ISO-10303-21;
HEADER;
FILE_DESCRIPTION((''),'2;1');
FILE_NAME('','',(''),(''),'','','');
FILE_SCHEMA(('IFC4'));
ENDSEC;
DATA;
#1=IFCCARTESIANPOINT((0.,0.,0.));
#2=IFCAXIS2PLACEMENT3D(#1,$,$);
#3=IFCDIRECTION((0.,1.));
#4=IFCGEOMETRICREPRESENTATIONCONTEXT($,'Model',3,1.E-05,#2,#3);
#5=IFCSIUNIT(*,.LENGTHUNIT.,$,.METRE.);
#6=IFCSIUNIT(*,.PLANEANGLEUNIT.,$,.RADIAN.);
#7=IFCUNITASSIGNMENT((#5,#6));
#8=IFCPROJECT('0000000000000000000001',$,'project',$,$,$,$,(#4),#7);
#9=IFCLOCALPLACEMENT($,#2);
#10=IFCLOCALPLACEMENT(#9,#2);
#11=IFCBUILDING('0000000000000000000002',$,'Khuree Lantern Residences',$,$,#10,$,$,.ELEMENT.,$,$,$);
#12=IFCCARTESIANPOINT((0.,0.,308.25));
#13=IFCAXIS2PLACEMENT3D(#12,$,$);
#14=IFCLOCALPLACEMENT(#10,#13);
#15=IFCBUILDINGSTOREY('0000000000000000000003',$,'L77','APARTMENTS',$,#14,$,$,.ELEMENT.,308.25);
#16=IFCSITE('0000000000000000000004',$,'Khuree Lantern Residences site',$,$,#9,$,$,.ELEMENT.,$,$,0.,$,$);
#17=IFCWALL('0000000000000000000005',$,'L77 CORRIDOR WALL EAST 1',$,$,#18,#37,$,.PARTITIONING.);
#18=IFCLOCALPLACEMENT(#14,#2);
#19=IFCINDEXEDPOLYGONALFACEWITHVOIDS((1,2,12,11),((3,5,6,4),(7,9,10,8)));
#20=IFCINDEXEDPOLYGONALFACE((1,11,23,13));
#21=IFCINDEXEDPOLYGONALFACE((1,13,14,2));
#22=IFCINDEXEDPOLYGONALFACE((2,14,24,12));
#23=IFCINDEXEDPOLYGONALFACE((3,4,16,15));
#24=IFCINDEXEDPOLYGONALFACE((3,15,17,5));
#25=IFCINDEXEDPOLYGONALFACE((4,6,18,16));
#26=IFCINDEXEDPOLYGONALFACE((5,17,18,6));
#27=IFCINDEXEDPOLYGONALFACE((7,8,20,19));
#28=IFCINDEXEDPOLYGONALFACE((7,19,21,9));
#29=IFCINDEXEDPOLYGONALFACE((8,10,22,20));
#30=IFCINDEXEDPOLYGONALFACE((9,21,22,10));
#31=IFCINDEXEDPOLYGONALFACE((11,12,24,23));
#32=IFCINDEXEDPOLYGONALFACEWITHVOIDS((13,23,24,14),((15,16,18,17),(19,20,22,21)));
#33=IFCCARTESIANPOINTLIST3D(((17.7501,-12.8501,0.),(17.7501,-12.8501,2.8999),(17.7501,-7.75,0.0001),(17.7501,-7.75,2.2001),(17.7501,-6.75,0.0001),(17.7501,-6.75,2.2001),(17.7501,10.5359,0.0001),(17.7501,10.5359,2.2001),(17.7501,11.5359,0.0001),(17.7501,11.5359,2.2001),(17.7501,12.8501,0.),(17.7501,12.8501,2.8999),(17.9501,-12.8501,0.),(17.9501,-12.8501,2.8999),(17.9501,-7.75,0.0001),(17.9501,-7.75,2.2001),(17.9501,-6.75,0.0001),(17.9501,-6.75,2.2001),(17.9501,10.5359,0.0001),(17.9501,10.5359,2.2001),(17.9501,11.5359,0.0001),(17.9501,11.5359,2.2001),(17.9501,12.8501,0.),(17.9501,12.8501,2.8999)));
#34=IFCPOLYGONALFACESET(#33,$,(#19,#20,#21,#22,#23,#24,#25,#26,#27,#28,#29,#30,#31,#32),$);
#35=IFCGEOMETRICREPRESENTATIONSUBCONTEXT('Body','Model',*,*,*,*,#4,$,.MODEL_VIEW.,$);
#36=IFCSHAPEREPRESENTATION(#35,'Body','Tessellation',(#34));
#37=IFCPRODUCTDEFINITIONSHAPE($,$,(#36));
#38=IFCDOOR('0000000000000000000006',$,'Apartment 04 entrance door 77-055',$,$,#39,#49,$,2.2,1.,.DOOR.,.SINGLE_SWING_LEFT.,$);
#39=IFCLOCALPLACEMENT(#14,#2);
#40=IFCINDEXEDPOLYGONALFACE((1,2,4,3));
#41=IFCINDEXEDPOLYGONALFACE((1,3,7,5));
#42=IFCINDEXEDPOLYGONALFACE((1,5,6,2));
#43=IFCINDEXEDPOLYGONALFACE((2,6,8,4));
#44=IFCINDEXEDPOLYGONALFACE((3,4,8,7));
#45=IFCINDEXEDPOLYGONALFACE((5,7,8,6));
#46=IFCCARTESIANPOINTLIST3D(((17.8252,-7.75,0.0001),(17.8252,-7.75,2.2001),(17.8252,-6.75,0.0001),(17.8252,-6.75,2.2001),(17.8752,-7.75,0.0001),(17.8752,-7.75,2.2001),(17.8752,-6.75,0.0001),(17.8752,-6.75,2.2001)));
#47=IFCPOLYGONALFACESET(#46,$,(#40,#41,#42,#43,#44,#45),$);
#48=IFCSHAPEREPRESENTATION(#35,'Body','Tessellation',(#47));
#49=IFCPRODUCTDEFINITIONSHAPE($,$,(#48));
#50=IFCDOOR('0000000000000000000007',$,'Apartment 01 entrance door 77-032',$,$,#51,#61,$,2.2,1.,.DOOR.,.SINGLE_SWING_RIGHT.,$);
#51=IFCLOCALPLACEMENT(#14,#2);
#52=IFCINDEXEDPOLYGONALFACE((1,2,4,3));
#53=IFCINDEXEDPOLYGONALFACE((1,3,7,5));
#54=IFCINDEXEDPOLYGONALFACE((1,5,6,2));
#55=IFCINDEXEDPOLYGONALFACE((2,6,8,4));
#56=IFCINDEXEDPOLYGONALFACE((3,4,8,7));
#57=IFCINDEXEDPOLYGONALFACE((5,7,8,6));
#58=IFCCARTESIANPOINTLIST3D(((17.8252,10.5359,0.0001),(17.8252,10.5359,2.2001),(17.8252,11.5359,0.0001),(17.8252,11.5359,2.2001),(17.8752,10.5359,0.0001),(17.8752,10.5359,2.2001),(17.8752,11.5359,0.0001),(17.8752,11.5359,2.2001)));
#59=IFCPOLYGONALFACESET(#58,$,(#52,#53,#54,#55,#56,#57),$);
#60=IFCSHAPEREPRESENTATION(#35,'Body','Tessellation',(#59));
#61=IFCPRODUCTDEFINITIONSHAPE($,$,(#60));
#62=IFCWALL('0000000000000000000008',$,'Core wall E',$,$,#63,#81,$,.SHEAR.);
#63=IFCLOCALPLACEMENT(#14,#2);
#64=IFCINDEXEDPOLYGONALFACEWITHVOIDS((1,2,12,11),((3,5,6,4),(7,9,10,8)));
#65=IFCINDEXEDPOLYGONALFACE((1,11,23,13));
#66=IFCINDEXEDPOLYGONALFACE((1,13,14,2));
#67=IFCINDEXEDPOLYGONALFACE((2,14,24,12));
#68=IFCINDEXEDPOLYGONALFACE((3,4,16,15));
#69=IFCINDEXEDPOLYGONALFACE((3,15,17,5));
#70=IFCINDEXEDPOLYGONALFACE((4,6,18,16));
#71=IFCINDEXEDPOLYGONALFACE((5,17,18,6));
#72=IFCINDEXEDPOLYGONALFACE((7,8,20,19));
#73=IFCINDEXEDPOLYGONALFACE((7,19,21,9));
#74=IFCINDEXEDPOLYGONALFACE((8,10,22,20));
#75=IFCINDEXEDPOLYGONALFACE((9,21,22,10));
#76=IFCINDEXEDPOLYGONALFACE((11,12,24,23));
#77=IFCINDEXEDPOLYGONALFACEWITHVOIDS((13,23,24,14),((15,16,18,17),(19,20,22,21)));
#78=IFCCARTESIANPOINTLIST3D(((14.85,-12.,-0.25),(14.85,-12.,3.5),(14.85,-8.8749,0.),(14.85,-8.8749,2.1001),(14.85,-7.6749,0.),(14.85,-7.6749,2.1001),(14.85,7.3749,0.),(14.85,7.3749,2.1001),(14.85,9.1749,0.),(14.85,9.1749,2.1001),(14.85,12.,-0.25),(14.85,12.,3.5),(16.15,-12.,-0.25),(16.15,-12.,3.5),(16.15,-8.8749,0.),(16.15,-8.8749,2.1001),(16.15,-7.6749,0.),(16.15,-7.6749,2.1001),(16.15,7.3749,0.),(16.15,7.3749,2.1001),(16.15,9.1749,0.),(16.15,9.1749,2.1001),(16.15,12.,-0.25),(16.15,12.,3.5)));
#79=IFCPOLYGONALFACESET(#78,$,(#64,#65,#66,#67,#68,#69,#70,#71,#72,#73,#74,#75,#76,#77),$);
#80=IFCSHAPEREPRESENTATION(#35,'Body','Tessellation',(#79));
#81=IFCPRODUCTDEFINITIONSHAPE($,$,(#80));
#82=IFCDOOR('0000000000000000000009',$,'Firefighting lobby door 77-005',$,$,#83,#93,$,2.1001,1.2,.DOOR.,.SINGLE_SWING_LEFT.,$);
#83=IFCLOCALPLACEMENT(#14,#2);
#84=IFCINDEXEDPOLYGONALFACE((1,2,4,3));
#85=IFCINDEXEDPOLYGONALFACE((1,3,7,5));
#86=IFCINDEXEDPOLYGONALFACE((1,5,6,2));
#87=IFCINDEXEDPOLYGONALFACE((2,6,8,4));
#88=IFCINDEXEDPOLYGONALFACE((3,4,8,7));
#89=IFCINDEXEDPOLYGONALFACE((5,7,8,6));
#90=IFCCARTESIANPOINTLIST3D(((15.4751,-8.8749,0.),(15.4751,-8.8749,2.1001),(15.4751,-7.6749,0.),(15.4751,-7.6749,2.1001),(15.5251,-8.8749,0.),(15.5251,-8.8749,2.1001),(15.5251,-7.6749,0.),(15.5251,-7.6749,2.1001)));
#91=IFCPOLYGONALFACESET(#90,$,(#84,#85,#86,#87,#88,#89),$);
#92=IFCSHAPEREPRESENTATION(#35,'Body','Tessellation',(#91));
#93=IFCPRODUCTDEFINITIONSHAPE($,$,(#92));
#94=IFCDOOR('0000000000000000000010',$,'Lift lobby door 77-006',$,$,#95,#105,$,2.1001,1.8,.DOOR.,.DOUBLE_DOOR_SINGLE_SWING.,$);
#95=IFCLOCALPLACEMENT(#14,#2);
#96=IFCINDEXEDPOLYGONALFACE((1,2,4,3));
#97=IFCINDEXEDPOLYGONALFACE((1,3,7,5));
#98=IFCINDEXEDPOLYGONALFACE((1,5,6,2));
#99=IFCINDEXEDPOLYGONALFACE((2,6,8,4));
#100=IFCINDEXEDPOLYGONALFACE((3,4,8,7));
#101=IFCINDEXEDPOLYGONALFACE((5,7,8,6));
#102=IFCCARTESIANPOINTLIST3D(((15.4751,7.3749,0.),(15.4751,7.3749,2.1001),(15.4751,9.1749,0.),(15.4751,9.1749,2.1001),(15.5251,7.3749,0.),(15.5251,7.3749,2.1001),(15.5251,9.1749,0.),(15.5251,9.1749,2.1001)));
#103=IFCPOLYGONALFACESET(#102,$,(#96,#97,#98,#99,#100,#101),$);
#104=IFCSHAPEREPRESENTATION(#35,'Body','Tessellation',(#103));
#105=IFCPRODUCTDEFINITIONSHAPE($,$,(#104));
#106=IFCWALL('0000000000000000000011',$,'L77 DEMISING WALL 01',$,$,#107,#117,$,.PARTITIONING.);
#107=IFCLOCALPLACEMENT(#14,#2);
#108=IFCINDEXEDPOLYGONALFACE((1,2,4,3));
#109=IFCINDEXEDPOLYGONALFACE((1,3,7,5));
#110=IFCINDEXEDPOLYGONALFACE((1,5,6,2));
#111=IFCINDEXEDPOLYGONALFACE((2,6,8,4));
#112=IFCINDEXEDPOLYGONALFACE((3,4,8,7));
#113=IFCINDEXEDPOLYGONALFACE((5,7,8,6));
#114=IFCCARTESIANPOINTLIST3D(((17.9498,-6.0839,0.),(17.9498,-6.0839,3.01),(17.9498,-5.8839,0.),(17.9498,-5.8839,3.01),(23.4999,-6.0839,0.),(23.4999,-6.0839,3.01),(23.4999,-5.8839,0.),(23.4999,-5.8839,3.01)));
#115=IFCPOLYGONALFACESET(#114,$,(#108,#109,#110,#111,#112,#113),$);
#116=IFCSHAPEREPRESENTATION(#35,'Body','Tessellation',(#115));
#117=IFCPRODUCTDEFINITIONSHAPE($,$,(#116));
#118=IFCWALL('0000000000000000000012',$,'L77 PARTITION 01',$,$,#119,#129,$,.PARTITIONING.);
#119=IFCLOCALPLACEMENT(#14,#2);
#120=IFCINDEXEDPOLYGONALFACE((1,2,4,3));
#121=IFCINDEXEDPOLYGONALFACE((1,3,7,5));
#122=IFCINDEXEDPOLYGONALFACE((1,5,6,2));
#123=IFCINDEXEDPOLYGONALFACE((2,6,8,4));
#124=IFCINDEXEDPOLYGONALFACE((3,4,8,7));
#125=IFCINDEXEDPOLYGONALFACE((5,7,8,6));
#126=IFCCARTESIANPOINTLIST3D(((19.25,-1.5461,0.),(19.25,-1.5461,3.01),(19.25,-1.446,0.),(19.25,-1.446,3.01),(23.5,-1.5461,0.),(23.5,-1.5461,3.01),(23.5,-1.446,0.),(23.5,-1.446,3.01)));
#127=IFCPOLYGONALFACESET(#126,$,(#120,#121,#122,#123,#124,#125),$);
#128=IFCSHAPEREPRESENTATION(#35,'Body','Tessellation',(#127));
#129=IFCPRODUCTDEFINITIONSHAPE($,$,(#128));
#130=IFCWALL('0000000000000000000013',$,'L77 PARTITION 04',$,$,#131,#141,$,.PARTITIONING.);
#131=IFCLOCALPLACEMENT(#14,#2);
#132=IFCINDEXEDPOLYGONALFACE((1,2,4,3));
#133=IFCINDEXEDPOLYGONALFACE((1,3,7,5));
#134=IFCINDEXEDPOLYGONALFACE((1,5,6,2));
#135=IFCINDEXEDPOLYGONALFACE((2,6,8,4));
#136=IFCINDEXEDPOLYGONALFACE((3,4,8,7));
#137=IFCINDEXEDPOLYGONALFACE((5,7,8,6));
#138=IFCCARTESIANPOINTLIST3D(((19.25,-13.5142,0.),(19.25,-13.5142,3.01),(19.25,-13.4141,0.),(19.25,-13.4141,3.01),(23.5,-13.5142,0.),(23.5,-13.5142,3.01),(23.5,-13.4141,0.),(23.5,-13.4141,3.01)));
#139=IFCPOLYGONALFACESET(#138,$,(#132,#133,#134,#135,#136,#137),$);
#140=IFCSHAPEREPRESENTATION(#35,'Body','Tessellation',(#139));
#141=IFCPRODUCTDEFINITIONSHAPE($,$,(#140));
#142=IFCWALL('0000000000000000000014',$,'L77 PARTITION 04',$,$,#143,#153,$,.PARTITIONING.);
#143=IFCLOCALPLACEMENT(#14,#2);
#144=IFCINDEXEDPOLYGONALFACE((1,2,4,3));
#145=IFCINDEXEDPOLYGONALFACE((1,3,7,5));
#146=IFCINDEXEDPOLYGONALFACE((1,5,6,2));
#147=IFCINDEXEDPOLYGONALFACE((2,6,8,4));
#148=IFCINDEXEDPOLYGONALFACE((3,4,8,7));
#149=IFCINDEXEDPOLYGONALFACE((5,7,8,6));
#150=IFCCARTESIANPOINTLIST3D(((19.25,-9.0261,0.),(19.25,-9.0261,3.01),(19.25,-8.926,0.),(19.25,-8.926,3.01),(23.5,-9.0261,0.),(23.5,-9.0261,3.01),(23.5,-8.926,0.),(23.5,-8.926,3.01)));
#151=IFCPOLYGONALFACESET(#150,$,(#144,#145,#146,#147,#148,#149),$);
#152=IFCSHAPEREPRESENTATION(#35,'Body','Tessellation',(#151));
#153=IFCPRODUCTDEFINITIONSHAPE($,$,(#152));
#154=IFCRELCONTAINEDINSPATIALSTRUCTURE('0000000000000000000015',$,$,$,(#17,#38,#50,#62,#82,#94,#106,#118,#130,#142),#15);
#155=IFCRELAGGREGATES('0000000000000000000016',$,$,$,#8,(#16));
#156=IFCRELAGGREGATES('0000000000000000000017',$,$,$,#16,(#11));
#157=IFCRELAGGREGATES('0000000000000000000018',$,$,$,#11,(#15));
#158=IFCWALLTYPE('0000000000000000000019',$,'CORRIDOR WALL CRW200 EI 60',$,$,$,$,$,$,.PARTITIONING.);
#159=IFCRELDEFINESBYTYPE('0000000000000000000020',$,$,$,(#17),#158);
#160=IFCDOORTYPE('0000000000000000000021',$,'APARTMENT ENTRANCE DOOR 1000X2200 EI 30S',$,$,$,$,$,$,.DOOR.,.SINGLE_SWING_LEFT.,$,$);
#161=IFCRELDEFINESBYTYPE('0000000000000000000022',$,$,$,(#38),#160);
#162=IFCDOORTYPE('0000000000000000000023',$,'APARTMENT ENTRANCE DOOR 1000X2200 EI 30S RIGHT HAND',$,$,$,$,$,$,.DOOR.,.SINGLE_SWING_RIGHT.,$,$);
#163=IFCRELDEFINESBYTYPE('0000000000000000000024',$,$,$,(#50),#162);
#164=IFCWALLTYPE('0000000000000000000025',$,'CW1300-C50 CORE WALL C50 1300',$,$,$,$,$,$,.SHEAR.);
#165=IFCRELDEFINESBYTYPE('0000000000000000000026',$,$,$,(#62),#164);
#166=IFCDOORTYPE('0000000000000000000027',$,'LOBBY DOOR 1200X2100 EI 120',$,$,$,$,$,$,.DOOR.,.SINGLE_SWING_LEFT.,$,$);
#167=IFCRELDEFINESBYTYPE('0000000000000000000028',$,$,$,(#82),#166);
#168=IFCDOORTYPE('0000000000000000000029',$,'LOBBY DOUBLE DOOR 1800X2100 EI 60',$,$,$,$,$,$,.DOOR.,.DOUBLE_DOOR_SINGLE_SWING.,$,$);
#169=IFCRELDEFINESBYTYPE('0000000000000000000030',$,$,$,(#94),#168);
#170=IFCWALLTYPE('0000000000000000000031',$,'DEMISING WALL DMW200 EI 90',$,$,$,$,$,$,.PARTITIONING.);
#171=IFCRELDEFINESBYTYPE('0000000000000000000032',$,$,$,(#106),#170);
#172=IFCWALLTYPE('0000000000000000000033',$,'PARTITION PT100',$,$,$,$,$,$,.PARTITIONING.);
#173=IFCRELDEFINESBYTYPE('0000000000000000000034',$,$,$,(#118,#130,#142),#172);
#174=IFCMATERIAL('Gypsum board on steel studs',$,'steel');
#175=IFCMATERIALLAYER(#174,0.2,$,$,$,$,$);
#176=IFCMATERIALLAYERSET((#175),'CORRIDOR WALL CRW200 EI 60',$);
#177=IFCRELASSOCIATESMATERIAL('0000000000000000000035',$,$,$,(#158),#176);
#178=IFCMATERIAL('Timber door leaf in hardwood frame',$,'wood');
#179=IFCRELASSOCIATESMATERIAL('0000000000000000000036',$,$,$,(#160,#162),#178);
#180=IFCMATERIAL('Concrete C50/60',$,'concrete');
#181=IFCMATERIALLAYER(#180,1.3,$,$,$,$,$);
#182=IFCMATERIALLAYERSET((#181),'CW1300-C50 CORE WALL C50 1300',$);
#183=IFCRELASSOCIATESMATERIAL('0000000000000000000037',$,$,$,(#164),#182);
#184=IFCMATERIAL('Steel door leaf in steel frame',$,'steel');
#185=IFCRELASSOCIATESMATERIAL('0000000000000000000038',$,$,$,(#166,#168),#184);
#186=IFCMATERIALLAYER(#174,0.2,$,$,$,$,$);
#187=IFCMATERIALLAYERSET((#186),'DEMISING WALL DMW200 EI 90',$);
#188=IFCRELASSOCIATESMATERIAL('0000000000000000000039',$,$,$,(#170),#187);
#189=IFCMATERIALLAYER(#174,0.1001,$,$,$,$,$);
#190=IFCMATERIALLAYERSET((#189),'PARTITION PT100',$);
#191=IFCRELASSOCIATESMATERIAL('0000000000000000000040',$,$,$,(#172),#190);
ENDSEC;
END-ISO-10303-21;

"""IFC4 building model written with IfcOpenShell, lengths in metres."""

from ifc_helpers import new_model, si_unit, direction, frame, frame_2d, origin, place, context, subcontext, project, spatial, rectangle, extrude, material, layer, layer_set, type_object, element, fill, save


model = new_model("IFC4")

# Units and contexts
model_context = context("Model", 3, precision=1e-05, world=origin(), true_north=direction((0.0, 1.0)))
body_context = subcontext(model_context, "Body", "Model", "MODEL_VIEW")
ifc_project = project(units=[si_unit("LENGTHUNIT", "METRE"), si_unit("PLANEANGLEUNIT", "RADIAN")], contexts=[model_context])

# Site, building, storey
site_placement = place(None, origin())
site = spatial("IfcSite", under=ifc_project, at=site_placement, Name="Khuree Lantern Residences site", CompositionType="ELEMENT", RefElevation=0.0)
building_placement = place(site_placement, origin())
building = spatial("IfcBuilding", under=site, at=building_placement, Name="Khuree Lantern Residences", CompositionType="ELEMENT")
storey_placement = place(building_placement, frame((0.0, 0.0, 308.25)))
storey = spatial("IfcBuildingStorey", under=building, at=storey_placement, Name="L77", Description="APARTMENTS", CompositionType="ELEMENT", Elevation=308.25)

# Shared definitions
ifc_material_1 = material(Name="Concrete C50/60", Category="concrete")

# Shared definitions
ifc_material_2 = material(Name="Gypsum board on steel studs", Category="steel")
ifc_layer_1 = layer(ifc_material_2, 0.2)
ifc_layer_set_1 = layer_set([ifc_layer_1], Name="CORRIDOR WALL CRW200 EI 60")
wall_type_1 = type_object("IfcWallType", Name="CORRIDOR WALL CRW200 EI 60", PredefinedType="PARTITIONING", material=ifc_layer_set_1)

# Walls, openings, doors
wall_1_placement = place(storey_placement, frame((17.8501, -12.8501, 0.0), z_axis=(0.0, 0.0, 1.0), x_axis=(0.0, 1.0, 0.0)))
wall_1 = element("IfcWall", 1, at=wall_1_placement, inside=storey, type_object=wall_type_1, Name="L77 CORRIDOR WALL EAST 1", PredefinedType="PARTITIONING", context=body_context, shape_type="SweptSolid", body=[
    extrude(rectangle(XDim=25.7002, YDim=0.2, at=frame_2d((12.8501, 0.0))), origin(), (0.0, 0.0, 1.0), 2.8999),
])
opening_1_placement = place(wall_1_placement, frame((23.386, 0.0, 0.0)))
opening_1 = element("IfcOpeningElement", 2, at=opening_1_placement, cuts=wall_1, PredefinedType="OPENING", context=body_context, shape_type="SweptSolid", body=[
    extrude(rectangle(XDim=1.0, YDim=2.2, at=frame_2d((0.5, 1.1001))), frame((0.0, 0.1099, 0.0), z_axis=(0.0, -1.0, 0.0), x_axis=(1.0, 0.0, 0.0)), (0.0, 0.0, 1.0), 0.22),
])
opening_2_placement = place(wall_1_placement, frame((5.1001, 0.0, 0.0)))
opening_2 = element("IfcOpeningElement", 3, at=opening_2_placement, cuts=wall_1, PredefinedType="OPENING", context=body_context, shape_type="SweptSolid", body=[
    extrude(rectangle(XDim=1.0, YDim=2.2, at=frame_2d((0.5, 1.1001))), frame((0.0, 0.1099, 0.0), z_axis=(0.0, -1.0, 0.0), x_axis=(1.0, 0.0, 0.0)), (0.0, 0.0, 1.0), 0.22),
])
ifc_material_3 = material(Name="Timber door leaf in hardwood frame", Category="wood")
door_type_1 = type_object("IfcDoorType", Name="APARTMENT ENTRANCE DOOR 1000X2200 EI 30S", OperationType="SINGLE_SWING_LEFT", PredefinedType="DOOR", material=ifc_material_3)
door_1_placement = place(opening_2_placement, origin())
door_1 = element("IfcDoor", 4, at=door_1_placement, inside=storey, type_object=door_type_1, Name="Apartment 04 entrance door 77-055", OperationType="SINGLE_SWING_LEFT", OverallHeight=2.2, OverallWidth=1.0, PredefinedType="DOOR", context=body_context, shape_type="SweptSolid", body=[
    extrude(rectangle(XDim=1.0, YDim=2.2, at=frame_2d((0.5, 1.1001))), frame((0.0, 0.0249, 0.0), z_axis=(0.0, -1.0, 0.0), x_axis=(1.0, 0.0, 0.0)), (0.0, 0.0, 1.0), 0.05),
])
fill(opening_2, door_1)
door_type_2 = type_object("IfcDoorType", Name="APARTMENT ENTRANCE DOOR 1000X2200 EI 30S RIGHT HAND", OperationType="SINGLE_SWING_RIGHT", PredefinedType="DOOR", material=ifc_material_3)
door_2_placement = place(opening_1_placement, origin())
door_2 = element("IfcDoor", 5, at=door_2_placement, inside=storey, type_object=door_type_2, Name="Apartment 01 entrance door 77-032", OperationType="SINGLE_SWING_RIGHT", OverallHeight=2.2, OverallWidth=1.0, PredefinedType="DOOR", context=body_context, shape_type="SweptSolid", body=[
    extrude(rectangle(XDim=1.0, YDim=2.2, at=frame_2d((0.5, 1.1001))), frame((0.0, 0.0249, 0.0), z_axis=(0.0, -1.0, 0.0), x_axis=(1.0, 0.0, 0.0)), (0.0, 0.0, 1.0), 0.05),
])
fill(opening_1, door_2)
ifc_layer_2 = layer(ifc_material_1, 1.3)
ifc_layer_set_2 = layer_set([ifc_layer_2], Name="CW1300-C50 CORE WALL C50 1300")
wall_type_2 = type_object("IfcWallType", Name="CW1300-C50 CORE WALL C50 1300", PredefinedType="SHEAR", material=ifc_layer_set_2)
wall_2_placement = place(storey_placement, frame((15.5, -12.0, -0.25), z_axis=(0.0, 0.0, 1.0), x_axis=(0.0, 1.0, 0.0)))
wall_2 = element("IfcWall", 6, at=wall_2_placement, inside=storey, type_object=wall_type_2, Name="Core wall E", PredefinedType="SHEAR", context=body_context, shape_type="SweptSolid", body=[
    extrude(rectangle(XDim=24.0, YDim=1.3, at=frame_2d((12.0, 0.0))), origin(), (0.0, 0.0, 1.0), 3.75),
])
opening_3_placement = place(wall_2_placement, frame((3.125, 0.0, 0.25)))
opening_3 = element("IfcOpeningElement", 7, at=opening_3_placement, cuts=wall_2, PredefinedType="OPENING", context=body_context, shape_type="SweptSolid", body=[
    extrude(rectangle(XDim=1.2, YDim=2.1001, at=frame_2d((0.6001, 1.05))), frame((0.0, 0.6602, 0.0), z_axis=(0.0, -1.0, 0.0), x_axis=(1.0, 0.0, 0.0)), (0.0, 0.0, 1.0), 1.3201),
])
opening_4_placement = place(wall_2_placement, frame((19.375, 0.0, 0.25)))
opening_4 = element("IfcOpeningElement", 8, at=opening_4_placement, cuts=wall_2, PredefinedType="OPENING", context=body_context, shape_type="SweptSolid", body=[
    extrude(rectangle(XDim=1.8, YDim=2.1001, at=frame_2d((0.8999, 1.05))), frame((0.0, 0.6602, 0.0), z_axis=(0.0, -1.0, 0.0), x_axis=(1.0, 0.0, 0.0)), (0.0, 0.0, 1.0), 1.3201),
])
ifc_material_4 = material(Name="Steel door leaf in steel frame", Category="steel")
door_type_3 = type_object("IfcDoorType", Name="LOBBY DOOR 1200X2100 EI 120", OperationType="SINGLE_SWING_LEFT", PredefinedType="DOOR", material=ifc_material_4)
door_3_placement = place(opening_3_placement, origin())
door_3 = element("IfcDoor", 9, at=door_3_placement, inside=storey, type_object=door_type_3, Name="Firefighting lobby door 77-005", OperationType="SINGLE_SWING_LEFT", OverallHeight=2.1001, OverallWidth=1.2, PredefinedType="DOOR", context=body_context, shape_type="SweptSolid", body=[
    extrude(rectangle(XDim=1.2, YDim=2.1001, at=frame_2d((0.6001, 1.05))), frame((0.0, 0.0249, 0.0), z_axis=(0.0, -1.0, 0.0), x_axis=(1.0, 0.0, 0.0)), (0.0, 0.0, 1.0), 0.05),
])
fill(opening_3, door_3)
door_type_4 = type_object("IfcDoorType", Name="LOBBY DOUBLE DOOR 1800X2100 EI 60", OperationType="DOUBLE_DOOR_SINGLE_SWING", PredefinedType="DOOR", material=ifc_material_4)
door_4_placement = place(opening_4_placement, origin())
door_4 = element("IfcDoor", 10, at=door_4_placement, inside=storey, type_object=door_type_4, Name="Lift lobby door 77-006", OperationType="DOUBLE_DOOR_SINGLE_SWING", OverallHeight=2.1001, OverallWidth=1.8, PredefinedType="DOOR", context=body_context, shape_type="SweptSolid", body=[
    extrude(rectangle(XDim=1.8, YDim=2.1001, at=frame_2d((0.8999, 1.05))), frame((0.0, 0.0249, 0.0), z_axis=(0.0, -1.0, 0.0), x_axis=(1.0, 0.0, 0.0)), (0.0, 0.0, 1.0), 0.05),
])
fill(opening_4, door_4)

# Walls
ifc_layer_3 = layer(ifc_material_2, 0.2)
ifc_layer_set_3 = layer_set([ifc_layer_3], Name="DEMISING WALL DMW200 EI 90")
wall_type_3 = type_object("IfcWallType", Name="DEMISING WALL DMW200 EI 90", PredefinedType="PARTITIONING", material=ifc_layer_set_3)
wall_3_placement = place(storey_placement, frame((17.95, -5.9839, 0.0), z_axis=(0.0, 0.0, 1.0), x_axis=(1.0, 0.0, 0.0)))
element("IfcWall", 11, at=wall_3_placement, inside=storey, type_object=wall_type_3, Name="L77 DEMISING WALL 01", PredefinedType="PARTITIONING", context=body_context, shape_type="SweptSolid", body=[
    extrude(rectangle(XDim=5.55, YDim=0.2, at=frame_2d((2.7749, 0.0))), origin(), (0.0, 0.0, 1.0), 3.01),
])
ifc_layer_4 = layer(ifc_material_2, 0.1001)
ifc_layer_set_4 = layer_set([ifc_layer_4], Name="PARTITION PT100")
wall_type_4 = type_object("IfcWallType", Name="PARTITION PT100", PredefinedType="PARTITIONING", material=ifc_layer_set_4)
for number, where, z_axis, x_axis, name in (
    (12, (19.25, -1.4961, 0.0), (0.0, 0.0, 1.0), (1.0, 0.0, 0.0), "L77 PARTITION 01"),
    (13, (19.25, -13.4641, 0.0), (0.0, 0.0, 1.0), (1.0, 0.0, 0.0), "L77 PARTITION 04"),
    (14, (19.25, -8.9761, 0.0), (0.0, 0.0, 1.0), (1.0, 0.0, 0.0), "L77 PARTITION 04"),
):
    element("IfcWall", number, at=place(storey_placement, frame(where, z_axis=z_axis, x_axis=x_axis)), inside=storey, type_object=wall_type_4, Name=name, PredefinedType="PARTITIONING", context=body_context, shape_type="SweptSolid", body=[
        extrude(rectangle(XDim=4.25, YDim=0.1001, at=frame_2d((2.125, 0.0))), origin(), (0.0, 0.0, 1.0), 3.01),
    ])

save(model, "model.ifc")
